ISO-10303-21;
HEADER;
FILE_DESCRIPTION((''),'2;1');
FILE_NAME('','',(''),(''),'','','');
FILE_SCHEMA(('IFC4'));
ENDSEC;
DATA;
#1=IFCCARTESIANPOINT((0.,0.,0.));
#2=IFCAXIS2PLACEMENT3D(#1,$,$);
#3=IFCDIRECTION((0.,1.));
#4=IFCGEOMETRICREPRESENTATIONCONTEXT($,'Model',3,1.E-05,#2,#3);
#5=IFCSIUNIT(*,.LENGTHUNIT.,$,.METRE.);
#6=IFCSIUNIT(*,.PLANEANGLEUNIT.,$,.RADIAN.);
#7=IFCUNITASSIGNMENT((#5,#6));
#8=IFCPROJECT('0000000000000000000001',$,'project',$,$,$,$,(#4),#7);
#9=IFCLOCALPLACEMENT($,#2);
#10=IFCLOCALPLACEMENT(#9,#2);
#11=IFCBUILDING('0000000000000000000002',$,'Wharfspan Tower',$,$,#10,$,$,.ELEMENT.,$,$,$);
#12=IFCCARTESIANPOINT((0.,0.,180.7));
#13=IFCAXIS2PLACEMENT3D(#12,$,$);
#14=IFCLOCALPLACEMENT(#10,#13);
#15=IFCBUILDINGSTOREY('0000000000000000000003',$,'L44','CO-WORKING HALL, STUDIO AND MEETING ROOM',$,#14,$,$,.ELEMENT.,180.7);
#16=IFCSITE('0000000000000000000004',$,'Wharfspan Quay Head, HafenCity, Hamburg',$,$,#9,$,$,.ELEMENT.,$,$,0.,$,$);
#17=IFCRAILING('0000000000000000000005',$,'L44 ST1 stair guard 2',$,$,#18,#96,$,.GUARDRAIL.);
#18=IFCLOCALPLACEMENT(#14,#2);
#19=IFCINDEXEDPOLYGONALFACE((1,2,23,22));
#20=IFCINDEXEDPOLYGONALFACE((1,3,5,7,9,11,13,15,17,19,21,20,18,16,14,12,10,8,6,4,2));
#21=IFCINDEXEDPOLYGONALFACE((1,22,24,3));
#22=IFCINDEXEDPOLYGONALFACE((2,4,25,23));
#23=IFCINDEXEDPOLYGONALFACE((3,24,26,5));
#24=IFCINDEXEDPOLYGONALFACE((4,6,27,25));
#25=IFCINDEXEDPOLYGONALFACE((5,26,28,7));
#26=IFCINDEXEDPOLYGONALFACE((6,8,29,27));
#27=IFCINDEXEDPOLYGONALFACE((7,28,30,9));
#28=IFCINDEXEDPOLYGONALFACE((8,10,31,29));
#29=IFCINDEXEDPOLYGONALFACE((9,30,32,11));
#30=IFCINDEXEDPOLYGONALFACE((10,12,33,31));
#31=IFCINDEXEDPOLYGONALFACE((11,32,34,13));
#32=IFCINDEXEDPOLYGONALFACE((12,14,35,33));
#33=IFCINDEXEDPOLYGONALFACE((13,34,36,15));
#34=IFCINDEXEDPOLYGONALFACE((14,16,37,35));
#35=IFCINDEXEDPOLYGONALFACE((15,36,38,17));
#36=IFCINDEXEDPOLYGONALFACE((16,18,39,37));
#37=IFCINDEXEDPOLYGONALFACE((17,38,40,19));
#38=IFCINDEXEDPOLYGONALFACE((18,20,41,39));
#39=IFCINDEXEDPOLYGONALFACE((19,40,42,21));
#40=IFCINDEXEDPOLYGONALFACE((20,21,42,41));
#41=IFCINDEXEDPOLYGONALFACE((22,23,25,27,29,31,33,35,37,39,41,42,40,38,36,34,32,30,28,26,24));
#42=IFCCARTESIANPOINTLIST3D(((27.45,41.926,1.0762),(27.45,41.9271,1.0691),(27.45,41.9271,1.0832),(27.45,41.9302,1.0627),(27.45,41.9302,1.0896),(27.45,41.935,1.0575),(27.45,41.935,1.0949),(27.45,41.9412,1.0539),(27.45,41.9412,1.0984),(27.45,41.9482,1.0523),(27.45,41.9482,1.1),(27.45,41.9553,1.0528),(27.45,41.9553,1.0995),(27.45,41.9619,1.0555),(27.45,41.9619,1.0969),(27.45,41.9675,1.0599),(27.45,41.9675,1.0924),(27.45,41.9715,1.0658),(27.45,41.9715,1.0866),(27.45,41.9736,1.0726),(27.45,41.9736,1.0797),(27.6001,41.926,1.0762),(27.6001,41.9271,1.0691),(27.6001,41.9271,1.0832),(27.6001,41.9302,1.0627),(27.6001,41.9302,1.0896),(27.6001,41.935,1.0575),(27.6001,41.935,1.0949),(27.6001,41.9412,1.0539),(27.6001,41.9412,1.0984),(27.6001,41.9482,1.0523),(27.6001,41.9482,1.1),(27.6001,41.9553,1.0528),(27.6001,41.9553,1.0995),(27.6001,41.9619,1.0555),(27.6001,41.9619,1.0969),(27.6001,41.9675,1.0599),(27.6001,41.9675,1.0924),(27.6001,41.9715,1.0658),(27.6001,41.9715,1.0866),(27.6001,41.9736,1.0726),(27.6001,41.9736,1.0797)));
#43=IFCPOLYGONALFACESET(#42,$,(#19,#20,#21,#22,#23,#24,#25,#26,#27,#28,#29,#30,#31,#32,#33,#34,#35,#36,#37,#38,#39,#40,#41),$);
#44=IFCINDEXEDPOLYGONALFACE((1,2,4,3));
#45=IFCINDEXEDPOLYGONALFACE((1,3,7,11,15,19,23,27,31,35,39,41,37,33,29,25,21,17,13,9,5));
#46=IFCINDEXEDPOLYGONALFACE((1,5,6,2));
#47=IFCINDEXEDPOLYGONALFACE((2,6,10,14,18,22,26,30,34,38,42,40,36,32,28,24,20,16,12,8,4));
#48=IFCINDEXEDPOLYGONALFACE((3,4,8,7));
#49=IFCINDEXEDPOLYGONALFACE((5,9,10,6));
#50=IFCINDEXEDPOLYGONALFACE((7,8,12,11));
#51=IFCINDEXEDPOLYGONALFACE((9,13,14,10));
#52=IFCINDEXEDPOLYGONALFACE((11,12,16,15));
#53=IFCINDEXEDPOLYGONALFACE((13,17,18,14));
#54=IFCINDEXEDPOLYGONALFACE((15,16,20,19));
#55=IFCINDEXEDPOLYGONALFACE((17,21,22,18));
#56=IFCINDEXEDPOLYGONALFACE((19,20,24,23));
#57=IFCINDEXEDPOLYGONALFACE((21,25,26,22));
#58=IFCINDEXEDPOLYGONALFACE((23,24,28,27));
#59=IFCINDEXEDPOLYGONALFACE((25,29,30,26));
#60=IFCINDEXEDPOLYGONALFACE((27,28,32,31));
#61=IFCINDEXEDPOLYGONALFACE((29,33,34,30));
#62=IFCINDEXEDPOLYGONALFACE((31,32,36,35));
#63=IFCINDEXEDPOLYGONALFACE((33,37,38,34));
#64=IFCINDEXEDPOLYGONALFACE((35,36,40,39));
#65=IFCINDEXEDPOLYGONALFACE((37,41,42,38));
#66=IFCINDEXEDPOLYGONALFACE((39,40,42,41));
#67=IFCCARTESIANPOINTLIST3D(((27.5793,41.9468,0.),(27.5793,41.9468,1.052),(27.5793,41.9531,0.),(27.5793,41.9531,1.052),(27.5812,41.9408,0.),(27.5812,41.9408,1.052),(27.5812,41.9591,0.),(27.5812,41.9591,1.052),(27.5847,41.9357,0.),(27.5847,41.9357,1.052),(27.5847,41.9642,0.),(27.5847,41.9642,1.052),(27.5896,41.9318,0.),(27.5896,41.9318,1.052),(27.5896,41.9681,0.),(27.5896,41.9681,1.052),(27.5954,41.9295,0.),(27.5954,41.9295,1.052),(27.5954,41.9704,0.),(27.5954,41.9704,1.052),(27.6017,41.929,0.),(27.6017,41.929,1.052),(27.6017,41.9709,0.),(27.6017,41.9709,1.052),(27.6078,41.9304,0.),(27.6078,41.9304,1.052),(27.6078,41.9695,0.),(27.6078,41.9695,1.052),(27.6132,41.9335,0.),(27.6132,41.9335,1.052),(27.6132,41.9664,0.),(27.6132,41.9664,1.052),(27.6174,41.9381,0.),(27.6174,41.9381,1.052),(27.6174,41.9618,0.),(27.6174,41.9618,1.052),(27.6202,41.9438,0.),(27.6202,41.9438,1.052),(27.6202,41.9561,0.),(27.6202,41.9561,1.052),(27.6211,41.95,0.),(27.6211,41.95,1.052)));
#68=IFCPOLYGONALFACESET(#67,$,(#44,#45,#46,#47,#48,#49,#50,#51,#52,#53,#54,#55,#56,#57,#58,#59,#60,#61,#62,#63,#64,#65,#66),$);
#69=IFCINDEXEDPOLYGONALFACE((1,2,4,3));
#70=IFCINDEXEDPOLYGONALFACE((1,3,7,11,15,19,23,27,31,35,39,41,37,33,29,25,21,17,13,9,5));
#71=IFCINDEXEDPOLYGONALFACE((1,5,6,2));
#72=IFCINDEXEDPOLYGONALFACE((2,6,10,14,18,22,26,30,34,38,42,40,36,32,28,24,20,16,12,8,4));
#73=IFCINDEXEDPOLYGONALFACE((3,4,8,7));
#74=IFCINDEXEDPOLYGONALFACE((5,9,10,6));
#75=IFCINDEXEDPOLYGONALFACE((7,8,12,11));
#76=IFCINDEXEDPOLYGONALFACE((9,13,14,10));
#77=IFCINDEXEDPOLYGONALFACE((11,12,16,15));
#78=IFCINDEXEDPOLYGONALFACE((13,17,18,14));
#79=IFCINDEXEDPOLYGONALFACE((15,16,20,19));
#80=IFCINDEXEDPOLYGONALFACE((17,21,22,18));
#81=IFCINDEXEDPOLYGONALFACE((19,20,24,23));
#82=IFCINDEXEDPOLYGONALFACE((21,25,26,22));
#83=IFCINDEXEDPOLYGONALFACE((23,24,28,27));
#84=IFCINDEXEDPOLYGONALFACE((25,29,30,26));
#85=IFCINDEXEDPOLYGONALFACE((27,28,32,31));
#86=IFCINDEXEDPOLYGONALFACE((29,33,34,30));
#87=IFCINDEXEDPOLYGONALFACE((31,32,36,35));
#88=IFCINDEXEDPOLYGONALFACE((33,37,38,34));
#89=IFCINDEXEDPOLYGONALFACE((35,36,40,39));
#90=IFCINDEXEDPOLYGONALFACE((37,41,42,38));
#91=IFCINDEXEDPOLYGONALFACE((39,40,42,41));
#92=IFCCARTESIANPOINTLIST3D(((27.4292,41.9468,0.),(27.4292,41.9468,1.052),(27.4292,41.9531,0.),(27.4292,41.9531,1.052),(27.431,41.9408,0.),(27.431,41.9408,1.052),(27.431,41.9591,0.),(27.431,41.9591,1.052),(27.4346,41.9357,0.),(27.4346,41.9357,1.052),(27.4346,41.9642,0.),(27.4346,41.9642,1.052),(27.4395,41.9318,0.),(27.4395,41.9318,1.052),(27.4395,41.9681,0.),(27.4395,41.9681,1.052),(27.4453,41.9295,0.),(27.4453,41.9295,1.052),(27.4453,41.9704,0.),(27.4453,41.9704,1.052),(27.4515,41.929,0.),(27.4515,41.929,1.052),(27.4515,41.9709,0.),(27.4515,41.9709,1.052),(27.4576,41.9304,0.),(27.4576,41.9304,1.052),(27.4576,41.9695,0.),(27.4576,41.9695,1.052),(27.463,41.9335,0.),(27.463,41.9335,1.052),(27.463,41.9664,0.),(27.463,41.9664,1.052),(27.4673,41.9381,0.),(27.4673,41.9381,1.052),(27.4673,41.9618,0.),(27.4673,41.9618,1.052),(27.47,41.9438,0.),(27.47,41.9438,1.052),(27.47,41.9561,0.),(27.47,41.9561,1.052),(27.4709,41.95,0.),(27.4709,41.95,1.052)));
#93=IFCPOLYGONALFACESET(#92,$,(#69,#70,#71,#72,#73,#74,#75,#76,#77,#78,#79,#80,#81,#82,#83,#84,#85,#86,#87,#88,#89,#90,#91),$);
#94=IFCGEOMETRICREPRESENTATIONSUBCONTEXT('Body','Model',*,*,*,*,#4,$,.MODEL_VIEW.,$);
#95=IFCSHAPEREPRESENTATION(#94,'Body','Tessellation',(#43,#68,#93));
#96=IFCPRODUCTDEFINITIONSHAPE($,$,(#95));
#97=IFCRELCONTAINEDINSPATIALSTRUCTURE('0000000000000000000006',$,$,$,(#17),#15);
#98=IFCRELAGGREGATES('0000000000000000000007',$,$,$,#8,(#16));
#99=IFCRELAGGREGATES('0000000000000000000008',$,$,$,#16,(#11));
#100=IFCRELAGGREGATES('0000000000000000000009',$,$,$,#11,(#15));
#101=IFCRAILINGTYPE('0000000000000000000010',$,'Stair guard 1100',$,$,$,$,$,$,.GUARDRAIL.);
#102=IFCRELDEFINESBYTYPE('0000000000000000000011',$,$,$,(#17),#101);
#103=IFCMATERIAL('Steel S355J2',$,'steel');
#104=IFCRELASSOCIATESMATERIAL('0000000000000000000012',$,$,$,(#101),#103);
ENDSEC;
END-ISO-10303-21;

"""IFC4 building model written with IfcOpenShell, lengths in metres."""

from ifc_helpers import new_model, si_unit, direction, frame, origin, origin_2d, place, context, subcontext, project, spatial, circle, extrude, material, type_object, element, save


model = new_model("IFC4")

# Units and contexts
model_context = context("Model", 3, precision=1e-05, world=origin(), true_north=direction((0.0, 1.0)))
body_context = subcontext(model_context, "Body", "Model", "MODEL_VIEW")
ifc_project = project(units=[si_unit("LENGTHUNIT", "METRE"), si_unit("PLANEANGLEUNIT", "RADIAN")], contexts=[model_context])

# Site, building, storey
site_placement = place(None, origin())
site = spatial("IfcSite", under=ifc_project, at=site_placement, Name="Wharfspan Quay Head, HafenCity, Hamburg", CompositionType="ELEMENT", RefElevation=0.0)
building_placement = place(site_placement, origin())
building = spatial("IfcBuilding", under=site, at=building_placement, Name="Wharfspan Tower", CompositionType="ELEMENT")
storey_placement = place(building_placement, frame((0.0, 0.0, 180.7)))
storey = spatial("IfcBuildingStorey", under=building, at=storey_placement, Name="L44", Description="CO-WORKING HALL, STUDIO AND MEETING ROOM", CompositionType="ELEMENT", Elevation=180.7)

# Shared definitions
ifc_material_1 = material(Name="Steel S355J2", Category="steel")

# Railing
railing_type_1 = type_object("IfcRailingType", Name="Stair guard 1100", PredefinedType="GUARDRAIL", material=ifc_material_1)
railing_1_placement = place(storey_placement, frame((27.6001, 41.95, 0.0)))
element("IfcRailing", 1, at=railing_1_placement, inside=storey, type_object=railing_type_1, Name="L44 ST1 stair guard 2", PredefinedType="GUARDRAIL", context=body_context, shape_type="SweptSolid", body=[
    extrude(circle(Radius=0.0239, at=origin_2d()), frame((0.0, 0.0, 1.0762), z_axis=(-1.0, 0.0, 0.0), x_axis=(0.0, -1.0, 0.0)), (0.0, 0.0, 1.0), 0.1501),
    extrude(circle(Radius=0.021, at=origin_2d()), origin(), (0.0, 0.0, 1.0), 1.052),
    extrude(circle(Radius=0.021, at=origin_2d()), frame((-0.1501, 0.0, 0.0)), (0.0, 0.0, 1.0), 1.052),
])

save(model, "model.ifc")
